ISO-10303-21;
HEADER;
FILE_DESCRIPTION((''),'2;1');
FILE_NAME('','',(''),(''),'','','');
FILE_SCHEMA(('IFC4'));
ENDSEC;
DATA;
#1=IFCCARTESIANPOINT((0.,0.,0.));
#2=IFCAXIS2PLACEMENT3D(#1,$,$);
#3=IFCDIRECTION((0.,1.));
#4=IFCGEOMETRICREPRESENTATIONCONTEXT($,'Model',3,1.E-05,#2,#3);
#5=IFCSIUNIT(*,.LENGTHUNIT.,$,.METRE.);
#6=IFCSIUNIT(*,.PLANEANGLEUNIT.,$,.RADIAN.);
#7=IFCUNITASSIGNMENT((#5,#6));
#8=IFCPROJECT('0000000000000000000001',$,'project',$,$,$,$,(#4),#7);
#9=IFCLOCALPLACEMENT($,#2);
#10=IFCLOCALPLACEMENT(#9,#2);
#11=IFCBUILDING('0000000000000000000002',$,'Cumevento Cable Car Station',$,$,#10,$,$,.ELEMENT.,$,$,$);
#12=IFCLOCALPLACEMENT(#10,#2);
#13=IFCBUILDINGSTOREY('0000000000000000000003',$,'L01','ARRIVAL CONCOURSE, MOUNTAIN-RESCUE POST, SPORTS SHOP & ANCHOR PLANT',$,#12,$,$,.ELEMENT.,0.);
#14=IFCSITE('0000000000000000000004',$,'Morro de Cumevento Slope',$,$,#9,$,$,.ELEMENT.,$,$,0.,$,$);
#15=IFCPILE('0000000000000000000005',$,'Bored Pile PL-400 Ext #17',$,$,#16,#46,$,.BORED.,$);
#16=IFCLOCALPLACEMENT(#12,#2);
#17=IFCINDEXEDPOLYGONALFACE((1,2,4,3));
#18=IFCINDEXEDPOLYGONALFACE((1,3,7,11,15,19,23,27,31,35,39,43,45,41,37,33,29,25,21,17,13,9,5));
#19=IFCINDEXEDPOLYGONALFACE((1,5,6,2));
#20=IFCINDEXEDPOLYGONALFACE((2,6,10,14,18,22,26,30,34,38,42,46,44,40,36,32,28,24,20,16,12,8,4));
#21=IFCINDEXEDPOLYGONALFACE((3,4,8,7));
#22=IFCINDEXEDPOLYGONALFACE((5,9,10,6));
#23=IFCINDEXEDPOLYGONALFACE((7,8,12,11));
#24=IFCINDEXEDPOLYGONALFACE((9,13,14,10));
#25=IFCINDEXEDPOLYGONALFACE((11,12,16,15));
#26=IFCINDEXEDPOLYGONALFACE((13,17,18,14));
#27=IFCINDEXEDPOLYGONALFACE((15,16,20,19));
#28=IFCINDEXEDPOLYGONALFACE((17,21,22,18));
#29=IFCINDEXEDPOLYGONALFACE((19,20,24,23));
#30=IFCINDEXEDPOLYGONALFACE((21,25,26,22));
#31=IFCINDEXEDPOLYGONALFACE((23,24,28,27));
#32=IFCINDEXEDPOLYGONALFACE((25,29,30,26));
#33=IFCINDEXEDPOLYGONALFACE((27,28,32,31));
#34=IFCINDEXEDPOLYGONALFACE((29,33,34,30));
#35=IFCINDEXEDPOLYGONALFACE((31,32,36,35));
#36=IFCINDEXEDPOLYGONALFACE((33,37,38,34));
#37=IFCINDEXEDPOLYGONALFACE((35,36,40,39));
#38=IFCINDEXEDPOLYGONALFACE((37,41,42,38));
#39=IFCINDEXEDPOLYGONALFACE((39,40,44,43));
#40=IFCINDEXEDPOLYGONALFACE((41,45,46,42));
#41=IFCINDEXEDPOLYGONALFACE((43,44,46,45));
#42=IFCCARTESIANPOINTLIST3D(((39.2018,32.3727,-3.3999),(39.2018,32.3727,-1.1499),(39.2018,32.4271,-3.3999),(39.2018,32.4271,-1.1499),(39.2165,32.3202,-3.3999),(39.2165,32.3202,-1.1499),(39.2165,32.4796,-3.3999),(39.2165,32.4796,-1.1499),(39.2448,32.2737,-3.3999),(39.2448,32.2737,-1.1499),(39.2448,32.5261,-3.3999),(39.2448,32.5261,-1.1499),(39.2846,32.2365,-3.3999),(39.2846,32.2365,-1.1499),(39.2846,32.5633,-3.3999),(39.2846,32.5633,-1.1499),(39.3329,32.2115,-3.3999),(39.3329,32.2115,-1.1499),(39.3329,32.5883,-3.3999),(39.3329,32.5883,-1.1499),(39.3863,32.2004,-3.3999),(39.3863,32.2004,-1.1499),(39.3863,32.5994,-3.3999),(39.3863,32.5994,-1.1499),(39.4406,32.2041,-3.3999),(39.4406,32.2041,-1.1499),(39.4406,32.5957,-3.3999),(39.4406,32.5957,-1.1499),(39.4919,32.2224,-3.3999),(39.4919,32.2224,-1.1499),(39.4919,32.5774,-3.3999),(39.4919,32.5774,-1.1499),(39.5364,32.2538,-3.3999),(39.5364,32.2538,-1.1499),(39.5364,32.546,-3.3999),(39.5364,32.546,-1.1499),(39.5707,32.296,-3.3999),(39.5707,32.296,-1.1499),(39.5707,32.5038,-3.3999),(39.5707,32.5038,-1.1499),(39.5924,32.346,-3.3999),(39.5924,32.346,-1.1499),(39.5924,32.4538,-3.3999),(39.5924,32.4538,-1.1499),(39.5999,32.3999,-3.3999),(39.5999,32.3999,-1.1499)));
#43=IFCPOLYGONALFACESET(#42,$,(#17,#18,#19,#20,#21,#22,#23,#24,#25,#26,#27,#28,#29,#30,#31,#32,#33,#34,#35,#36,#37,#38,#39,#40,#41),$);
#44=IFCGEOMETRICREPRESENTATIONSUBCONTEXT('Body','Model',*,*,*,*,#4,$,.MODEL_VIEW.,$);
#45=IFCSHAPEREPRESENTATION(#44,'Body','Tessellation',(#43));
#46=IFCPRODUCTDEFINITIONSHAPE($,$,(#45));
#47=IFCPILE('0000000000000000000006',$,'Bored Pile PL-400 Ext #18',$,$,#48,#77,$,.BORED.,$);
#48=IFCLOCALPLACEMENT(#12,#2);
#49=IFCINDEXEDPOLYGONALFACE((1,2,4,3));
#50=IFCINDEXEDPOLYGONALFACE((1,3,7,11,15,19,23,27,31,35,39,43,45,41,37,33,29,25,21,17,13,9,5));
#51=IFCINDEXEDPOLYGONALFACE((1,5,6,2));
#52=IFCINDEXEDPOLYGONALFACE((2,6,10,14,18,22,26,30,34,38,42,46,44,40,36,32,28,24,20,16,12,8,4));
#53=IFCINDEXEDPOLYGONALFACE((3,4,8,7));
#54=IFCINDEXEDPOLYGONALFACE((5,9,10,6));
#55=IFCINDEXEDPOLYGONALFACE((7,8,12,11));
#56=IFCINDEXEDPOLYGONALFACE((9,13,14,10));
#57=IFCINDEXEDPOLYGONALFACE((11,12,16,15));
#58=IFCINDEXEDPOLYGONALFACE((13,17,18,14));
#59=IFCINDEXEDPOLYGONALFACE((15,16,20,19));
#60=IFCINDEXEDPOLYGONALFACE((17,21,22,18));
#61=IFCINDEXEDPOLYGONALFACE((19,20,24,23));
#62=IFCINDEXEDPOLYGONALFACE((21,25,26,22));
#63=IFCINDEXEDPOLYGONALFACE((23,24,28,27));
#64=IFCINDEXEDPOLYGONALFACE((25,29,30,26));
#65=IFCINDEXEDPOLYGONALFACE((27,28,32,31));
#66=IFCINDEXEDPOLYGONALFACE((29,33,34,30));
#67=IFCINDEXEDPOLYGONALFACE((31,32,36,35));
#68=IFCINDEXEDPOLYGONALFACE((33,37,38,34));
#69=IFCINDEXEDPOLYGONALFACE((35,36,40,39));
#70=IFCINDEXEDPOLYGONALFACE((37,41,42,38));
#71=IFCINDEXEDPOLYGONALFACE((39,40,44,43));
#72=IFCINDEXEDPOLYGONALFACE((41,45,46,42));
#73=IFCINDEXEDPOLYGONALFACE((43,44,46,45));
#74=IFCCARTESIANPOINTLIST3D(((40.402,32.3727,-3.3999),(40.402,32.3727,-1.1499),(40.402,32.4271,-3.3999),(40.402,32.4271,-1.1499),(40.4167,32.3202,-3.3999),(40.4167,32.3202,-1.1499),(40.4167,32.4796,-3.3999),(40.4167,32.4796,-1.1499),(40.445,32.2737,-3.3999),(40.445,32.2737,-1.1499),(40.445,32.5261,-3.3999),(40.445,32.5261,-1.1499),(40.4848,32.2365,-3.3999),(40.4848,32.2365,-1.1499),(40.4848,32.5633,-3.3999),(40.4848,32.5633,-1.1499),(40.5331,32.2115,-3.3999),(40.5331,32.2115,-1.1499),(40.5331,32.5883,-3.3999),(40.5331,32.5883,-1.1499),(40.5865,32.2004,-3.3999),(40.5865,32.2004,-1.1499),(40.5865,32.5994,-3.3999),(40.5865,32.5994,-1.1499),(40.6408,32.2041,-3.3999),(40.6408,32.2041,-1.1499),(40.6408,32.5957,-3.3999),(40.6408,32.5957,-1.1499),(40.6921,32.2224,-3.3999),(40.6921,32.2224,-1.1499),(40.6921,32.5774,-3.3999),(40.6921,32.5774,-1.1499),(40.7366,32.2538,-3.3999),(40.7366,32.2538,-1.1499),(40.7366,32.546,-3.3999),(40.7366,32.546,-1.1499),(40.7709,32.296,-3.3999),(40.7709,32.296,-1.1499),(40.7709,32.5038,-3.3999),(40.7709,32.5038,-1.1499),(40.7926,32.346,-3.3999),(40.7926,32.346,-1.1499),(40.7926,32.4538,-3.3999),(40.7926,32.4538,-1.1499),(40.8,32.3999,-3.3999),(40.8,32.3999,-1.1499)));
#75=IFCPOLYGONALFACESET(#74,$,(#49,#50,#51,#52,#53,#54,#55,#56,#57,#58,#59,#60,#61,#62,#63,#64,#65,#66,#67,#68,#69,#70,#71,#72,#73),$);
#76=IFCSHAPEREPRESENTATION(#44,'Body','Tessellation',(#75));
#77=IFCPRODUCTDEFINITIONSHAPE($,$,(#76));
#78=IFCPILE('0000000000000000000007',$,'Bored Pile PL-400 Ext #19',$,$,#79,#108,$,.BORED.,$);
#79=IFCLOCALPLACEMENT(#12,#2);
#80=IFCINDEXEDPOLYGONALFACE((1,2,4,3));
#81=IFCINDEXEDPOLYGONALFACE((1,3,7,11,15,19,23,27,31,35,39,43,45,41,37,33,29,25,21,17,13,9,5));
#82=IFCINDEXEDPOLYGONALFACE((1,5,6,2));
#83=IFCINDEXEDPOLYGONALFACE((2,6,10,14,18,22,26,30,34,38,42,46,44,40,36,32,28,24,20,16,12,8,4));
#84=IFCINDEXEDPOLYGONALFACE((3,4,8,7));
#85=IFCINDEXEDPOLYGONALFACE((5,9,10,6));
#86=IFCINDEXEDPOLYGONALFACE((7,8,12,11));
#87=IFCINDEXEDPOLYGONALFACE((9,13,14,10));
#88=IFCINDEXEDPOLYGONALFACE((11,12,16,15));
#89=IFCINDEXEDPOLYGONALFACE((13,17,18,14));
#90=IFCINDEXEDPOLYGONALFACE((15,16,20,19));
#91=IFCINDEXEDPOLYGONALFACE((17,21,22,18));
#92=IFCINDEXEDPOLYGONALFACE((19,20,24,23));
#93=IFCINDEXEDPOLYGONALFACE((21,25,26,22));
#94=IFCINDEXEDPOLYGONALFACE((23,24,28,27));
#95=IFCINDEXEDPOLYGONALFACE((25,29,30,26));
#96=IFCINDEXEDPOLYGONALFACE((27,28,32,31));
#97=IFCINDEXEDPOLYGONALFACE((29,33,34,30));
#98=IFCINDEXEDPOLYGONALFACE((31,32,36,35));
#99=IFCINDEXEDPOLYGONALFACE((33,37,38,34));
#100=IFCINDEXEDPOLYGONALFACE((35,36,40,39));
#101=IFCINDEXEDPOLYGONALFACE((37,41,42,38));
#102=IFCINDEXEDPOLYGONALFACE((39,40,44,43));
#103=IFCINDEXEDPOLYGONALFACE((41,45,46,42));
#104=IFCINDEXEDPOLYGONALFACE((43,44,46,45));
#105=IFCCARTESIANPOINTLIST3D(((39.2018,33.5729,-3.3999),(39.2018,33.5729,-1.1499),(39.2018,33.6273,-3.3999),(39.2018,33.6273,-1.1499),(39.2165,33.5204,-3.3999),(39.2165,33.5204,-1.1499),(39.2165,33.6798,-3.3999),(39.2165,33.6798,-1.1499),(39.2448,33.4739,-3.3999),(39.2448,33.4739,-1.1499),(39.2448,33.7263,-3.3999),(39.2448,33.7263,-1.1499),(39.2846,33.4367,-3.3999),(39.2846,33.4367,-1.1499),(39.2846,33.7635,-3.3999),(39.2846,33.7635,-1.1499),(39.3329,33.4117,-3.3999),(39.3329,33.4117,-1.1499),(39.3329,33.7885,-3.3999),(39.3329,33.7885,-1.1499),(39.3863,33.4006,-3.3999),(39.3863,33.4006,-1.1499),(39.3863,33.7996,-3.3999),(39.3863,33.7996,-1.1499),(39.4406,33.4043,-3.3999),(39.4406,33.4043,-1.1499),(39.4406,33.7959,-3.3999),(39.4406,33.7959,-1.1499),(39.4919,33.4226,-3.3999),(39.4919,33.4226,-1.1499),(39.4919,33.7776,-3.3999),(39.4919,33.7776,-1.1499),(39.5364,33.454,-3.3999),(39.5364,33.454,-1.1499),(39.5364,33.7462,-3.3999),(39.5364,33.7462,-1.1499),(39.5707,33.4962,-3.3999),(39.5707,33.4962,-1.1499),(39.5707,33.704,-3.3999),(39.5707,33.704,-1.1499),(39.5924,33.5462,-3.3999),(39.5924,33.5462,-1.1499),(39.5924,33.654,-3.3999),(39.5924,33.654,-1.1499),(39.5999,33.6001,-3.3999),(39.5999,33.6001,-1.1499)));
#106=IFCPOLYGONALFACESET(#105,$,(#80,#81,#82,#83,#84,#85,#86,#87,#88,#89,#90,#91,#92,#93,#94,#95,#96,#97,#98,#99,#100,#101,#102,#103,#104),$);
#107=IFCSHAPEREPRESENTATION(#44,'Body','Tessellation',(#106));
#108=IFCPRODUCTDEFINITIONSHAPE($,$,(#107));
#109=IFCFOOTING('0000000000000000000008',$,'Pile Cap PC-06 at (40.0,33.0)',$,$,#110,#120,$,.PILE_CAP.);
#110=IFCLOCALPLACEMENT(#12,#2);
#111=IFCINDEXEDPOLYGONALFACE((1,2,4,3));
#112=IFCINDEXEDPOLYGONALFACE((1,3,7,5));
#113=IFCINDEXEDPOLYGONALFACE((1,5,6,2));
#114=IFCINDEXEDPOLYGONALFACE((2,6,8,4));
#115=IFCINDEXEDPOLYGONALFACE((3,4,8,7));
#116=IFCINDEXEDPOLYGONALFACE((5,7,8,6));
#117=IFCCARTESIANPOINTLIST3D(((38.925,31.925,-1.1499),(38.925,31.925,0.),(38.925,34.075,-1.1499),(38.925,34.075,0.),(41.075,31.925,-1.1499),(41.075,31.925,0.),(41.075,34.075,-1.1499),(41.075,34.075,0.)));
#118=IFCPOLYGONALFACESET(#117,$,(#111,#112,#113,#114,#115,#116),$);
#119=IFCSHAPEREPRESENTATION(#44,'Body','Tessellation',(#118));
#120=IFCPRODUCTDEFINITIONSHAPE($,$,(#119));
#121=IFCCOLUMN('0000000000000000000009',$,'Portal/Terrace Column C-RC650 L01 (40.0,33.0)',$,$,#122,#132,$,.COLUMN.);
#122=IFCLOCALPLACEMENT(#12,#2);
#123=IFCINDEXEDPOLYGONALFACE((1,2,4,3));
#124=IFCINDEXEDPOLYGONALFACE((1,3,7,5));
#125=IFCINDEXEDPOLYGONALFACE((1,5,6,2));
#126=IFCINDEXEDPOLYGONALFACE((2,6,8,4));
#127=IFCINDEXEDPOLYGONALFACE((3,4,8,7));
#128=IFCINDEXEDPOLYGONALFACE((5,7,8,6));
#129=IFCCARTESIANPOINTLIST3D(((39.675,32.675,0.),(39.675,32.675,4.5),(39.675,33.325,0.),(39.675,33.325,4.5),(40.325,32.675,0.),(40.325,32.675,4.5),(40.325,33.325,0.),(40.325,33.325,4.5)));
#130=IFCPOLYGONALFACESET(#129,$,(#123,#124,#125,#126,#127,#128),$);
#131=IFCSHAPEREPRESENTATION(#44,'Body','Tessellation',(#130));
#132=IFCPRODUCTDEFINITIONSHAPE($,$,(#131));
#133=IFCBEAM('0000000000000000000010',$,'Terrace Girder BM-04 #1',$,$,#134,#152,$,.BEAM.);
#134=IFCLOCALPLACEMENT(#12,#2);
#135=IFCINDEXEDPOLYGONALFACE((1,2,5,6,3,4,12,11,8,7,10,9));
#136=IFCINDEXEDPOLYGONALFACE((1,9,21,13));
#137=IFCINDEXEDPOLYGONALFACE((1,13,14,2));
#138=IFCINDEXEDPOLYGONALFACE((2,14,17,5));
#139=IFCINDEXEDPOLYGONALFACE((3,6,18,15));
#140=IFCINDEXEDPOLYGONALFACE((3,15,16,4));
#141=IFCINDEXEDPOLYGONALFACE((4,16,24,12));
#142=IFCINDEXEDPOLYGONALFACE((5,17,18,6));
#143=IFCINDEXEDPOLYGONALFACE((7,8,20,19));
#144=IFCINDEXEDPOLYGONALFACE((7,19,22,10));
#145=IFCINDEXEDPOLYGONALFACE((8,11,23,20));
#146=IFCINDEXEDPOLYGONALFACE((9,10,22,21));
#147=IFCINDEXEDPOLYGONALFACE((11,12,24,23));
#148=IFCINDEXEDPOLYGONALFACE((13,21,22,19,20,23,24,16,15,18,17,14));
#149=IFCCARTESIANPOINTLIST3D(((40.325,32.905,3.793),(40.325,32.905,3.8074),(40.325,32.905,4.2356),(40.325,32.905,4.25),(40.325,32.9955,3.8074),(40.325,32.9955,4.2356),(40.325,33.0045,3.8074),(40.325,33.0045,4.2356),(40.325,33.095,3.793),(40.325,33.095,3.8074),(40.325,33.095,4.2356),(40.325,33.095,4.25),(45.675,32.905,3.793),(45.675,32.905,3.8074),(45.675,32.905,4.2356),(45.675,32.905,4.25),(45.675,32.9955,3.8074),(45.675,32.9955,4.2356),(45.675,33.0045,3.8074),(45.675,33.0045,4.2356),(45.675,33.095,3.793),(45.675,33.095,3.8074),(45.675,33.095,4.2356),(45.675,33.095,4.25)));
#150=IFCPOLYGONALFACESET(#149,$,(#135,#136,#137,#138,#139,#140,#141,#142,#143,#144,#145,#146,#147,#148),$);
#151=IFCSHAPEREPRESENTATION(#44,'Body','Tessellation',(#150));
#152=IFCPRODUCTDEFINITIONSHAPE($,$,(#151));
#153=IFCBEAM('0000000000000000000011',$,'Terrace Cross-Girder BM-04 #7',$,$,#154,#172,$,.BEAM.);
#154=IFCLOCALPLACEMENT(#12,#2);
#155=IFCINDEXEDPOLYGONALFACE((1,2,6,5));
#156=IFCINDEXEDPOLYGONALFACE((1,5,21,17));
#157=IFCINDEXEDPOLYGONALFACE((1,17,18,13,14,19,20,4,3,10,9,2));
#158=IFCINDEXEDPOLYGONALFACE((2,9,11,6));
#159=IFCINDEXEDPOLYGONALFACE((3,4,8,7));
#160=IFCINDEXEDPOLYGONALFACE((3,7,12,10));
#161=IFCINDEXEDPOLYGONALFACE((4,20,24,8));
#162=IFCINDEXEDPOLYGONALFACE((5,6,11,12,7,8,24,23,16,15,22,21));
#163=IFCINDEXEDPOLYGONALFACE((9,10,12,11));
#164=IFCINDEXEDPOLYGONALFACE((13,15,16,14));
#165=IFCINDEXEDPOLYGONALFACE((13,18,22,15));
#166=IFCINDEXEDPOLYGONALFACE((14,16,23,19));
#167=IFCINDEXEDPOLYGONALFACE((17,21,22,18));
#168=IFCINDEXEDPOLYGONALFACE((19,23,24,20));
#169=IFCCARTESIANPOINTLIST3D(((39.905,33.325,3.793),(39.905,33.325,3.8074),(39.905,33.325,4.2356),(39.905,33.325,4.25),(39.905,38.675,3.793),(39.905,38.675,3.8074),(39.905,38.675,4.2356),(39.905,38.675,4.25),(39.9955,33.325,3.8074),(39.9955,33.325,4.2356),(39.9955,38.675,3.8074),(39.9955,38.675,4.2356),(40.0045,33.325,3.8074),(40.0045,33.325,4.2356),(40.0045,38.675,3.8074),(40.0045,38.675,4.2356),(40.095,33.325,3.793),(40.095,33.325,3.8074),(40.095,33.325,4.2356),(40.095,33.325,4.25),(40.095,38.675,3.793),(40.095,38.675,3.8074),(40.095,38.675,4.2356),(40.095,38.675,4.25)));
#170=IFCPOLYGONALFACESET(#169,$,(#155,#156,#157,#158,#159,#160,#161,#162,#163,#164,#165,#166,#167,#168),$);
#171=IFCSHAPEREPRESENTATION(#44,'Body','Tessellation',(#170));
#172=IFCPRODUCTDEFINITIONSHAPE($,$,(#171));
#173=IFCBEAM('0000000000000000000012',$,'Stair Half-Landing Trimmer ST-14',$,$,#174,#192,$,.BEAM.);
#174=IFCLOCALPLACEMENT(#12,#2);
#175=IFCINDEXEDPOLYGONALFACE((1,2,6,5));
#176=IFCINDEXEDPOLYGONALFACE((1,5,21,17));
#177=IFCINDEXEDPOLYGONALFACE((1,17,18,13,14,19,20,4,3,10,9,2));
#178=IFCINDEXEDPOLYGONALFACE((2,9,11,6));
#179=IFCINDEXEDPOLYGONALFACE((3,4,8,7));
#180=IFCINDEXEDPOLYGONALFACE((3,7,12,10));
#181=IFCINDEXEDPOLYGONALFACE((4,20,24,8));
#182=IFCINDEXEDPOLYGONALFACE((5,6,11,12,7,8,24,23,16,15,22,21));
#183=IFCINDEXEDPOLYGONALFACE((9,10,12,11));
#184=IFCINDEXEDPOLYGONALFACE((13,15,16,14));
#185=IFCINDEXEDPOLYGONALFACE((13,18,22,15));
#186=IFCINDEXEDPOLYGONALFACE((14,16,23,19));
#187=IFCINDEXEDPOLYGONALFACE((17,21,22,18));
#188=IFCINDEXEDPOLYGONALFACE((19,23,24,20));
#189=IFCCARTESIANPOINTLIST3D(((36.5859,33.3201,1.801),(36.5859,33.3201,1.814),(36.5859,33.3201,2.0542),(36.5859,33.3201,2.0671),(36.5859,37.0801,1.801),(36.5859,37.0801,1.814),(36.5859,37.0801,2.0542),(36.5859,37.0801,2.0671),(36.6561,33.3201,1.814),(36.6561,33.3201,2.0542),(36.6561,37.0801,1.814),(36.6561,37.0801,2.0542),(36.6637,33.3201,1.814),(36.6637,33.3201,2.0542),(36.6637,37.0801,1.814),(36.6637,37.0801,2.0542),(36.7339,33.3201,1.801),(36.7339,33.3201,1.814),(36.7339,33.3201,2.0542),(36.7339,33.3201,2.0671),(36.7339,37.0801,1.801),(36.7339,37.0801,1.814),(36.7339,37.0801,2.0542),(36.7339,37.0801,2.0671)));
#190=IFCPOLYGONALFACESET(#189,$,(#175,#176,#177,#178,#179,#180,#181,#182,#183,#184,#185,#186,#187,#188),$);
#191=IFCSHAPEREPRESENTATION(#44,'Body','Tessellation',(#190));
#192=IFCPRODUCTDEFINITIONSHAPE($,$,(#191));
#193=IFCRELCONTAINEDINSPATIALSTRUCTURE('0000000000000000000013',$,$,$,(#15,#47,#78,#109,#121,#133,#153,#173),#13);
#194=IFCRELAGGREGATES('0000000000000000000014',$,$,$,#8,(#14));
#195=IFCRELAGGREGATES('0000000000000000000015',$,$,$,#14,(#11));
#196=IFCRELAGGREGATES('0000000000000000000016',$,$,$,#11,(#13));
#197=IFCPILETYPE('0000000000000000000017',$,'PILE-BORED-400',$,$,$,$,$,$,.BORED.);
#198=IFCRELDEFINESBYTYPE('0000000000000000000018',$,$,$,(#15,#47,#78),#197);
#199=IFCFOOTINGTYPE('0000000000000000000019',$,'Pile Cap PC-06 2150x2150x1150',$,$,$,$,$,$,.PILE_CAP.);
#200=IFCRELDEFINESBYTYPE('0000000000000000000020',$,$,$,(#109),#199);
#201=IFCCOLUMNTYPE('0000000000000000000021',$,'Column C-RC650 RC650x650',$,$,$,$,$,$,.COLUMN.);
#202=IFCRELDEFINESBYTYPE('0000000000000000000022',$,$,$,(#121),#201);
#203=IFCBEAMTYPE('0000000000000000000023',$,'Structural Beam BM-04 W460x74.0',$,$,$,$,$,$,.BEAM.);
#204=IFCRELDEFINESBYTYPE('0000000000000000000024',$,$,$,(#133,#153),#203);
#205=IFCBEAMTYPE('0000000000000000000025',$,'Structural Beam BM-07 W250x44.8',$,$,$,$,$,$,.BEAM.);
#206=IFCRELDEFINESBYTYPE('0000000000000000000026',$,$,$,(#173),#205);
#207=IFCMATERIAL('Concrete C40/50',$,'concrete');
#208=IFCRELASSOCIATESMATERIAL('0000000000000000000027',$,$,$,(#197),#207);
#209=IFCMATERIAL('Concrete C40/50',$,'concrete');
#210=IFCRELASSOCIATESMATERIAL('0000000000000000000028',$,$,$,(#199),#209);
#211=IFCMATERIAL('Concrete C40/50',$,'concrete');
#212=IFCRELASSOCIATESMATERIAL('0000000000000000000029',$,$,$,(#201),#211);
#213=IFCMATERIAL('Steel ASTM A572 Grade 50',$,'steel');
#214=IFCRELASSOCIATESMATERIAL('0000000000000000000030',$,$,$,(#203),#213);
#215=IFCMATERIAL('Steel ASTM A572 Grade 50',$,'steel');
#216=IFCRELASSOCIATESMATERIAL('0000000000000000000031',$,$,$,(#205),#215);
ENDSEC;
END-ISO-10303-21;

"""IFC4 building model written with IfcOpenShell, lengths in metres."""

from ifc_helpers import new_model, si_unit, direction, frame, origin, origin_2d, place, context, subcontext, project, spatial, rectangle, circle, i_section, extrude, material, material_profile, profile_set, type_object, element, save


model = new_model("IFC4")

# Units and contexts
model_context = context("Model", 3, precision=1e-05, world=origin(), true_north=direction((0.0, 1.0)))
body_context = subcontext(model_context, "Body", "Model", "MODEL_VIEW")
ifc_project = project(units=[si_unit("LENGTHUNIT", "METRE"), si_unit("PLANEANGLEUNIT", "RADIAN")], contexts=[model_context])

# Site, building, storey
site_placement = place(None, origin())
site = spatial("IfcSite", under=ifc_project, at=site_placement, Name="Morro de Cumevento Slope", CompositionType="ELEMENT", RefElevation=0.0)
building_placement = place(site_placement, origin())
building = spatial("IfcBuilding", under=site, at=building_placement, Name="Cumevento Cable Car Station", CompositionType="ELEMENT")
storey_placement = place(building_placement, origin())
storey = spatial("IfcBuildingStorey", under=building, at=storey_placement, Name="L01", Description="ARRIVAL CONCOURSE, MOUNTAIN-RESCUE POST, SPORTS SHOP & ANCHOR PLANT", CompositionType="ELEMENT", Elevation=0.0)

# Piles
ifc_material_1 = material(Name="Concrete C40/50", Category="concrete")
ifc_material_profile_1 = material_profile(ifc_material_1, circle(Radius=0.2, at=origin_2d()), Name="PILE-D400")
ifc_profile_set_1 = profile_set([ifc_material_profile_1], Name="Concrete C40/50")
pile_type = type_object("IfcPileType", Name="PILE-BORED-400", PredefinedType="BORED", material=ifc_profile_set_1)
for number, where, z_axis, x_axis, name in (
    (1, (39.3999, 32.3999, -1.1499), (0.0, 0.0, -1.0), (1.0, 0.0, 0.0), "Bored Pile PL-400 Ext #17"),
    (2, (40.6001, 32.3999, -1.1499), (0.0, 0.0, -1.0), (1.0, 0.0, 0.0), "Bored Pile PL-400 Ext #18"),
    (3, (39.3999, 33.6001, -1.1499), (0.0, 0.0, -1.0), (1.0, 0.0, 0.0), "Bored Pile PL-400 Ext #19"),
):
    element("IfcPile", number, at=place(storey_placement, frame(where, z_axis=z_axis, x_axis=x_axis)), inside=storey, type_object=pile_type, Name=name, PredefinedType="BORED", context=body_context, shape_type="SweptSolid", body=[
        extrude(circle(Radius=0.2, at=origin_2d()), origin(), (0.0, 0.0, 1.0), 2.25),
    ])

# Footing
ifc_material_2 = material(Name="Concrete C40/50", Category="concrete")
footing_type = type_object("IfcFootingType", Name="Pile Cap PC-06 2150x2150x1150", PredefinedType="PILE_CAP", material=ifc_material_2)
footing_placement = place(storey_placement, frame((40.0, 33.0, -1.1499), z_axis=(0.0, 0.0, 1.0), x_axis=(1.0, 0.0, 0.0)))
element("IfcFooting", 4, at=footing_placement, inside=storey, type_object=footing_type, Name="Pile Cap PC-06 at (40.0,33.0)", PredefinedType="PILE_CAP", context=body_context, shape_type="SweptSolid", body=[
    extrude(rectangle(XDim=2.1499, YDim=2.1499, at=origin_2d()), origin(), (0.0, 0.0, 1.0), 1.1499),
])

# Column
ifc_material_3 = material(Name="Concrete C40/50", Category="concrete")
ifc_material_profile_2 = material_profile(ifc_material_3, rectangle(XDim=0.6499, YDim=0.6499, at=origin_2d()), Name="RC650x650")
ifc_profile_set_2 = profile_set([ifc_material_profile_2], Name="Concrete C40/50")
column_type = type_object("IfcColumnType", Name="Column C-RC650 RC650x650", PredefinedType="COLUMN", material=ifc_profile_set_2)
column_placement = place(storey_placement, frame((40.0, 33.0, 0.0), z_axis=(0.0, 0.0, 1.0), x_axis=(1.0, 0.0, 0.0)))
element("IfcColumn", 5, at=column_placement, inside=storey, type_object=column_type, Name="Portal/Terrace Column C-RC650 L01 (40.0,33.0)", PredefinedType="COLUMN", context=body_context, shape_type="SweptSolid", body=[
    extrude(rectangle(XDim=0.6499, YDim=0.6499, at=origin_2d()), origin(), (0.0, 0.0, 1.0), 4.5),
])

# Beams
ifc_material_4 = material(Name="Steel ASTM A572 Grade 50", Category="steel")
ifc_material_profile_3 = material_profile(ifc_material_4, i_section(OverallWidth=0.1899, OverallDepth=0.457, WebThickness=0.009, FlangeThickness=0.0144, at=origin_2d()), Name="W460x74.0")
ifc_profile_set_3 = profile_set([ifc_material_profile_3], Name="Steel ASTM A572 Grade 50")
beam_type_1 = type_object("IfcBeamType", Name="Structural Beam BM-04 W460x74.0", PredefinedType="BEAM", material=ifc_profile_set_3)
for number, where, z_axis, x_axis, name in (
    (6, (40.325, 33.0, 4.0215), (1.0, 0.0, 0.0), (0.0, 1.0, 0.0), "Terrace Girder BM-04 #1"),
    (7, (40.0, 33.325, 4.0215), (0.0, 1.0, 0.0), (-1.0, 0.0, 0.0), "Terrace Cross-Girder BM-04 #7"),
):
    element("IfcBeam", number, at=place(storey_placement, frame(where, z_axis=z_axis, x_axis=x_axis)), inside=storey, type_object=beam_type_1, Name=name, PredefinedType="BEAM", context=body_context, shape_type="SweptSolid", body=[
        extrude(i_section(OverallWidth=0.1899, OverallDepth=0.457, WebThickness=0.009, FlangeThickness=0.0144, at=origin_2d()), origin(), (0.0, 0.0, 1.0), 5.3501),
    ])
ifc_material_5 = material(Name="Steel ASTM A572 Grade 50", Category="steel")
ifc_material_profile_4 = material_profile(ifc_material_5, i_section(OverallWidth=0.1479, OverallDepth=0.2661, WebThickness=0.0076, FlangeThickness=0.0129, at=origin_2d()), Name="W250x44.8")
ifc_profile_set_4 = profile_set([ifc_material_profile_4], Name="Steel ASTM A572 Grade 50")
beam_type_2 = type_object("IfcBeamType", Name="Structural Beam BM-07 W250x44.8", PredefinedType="BEAM", material=ifc_profile_set_4)
beam_placement = place(storey_placement, frame((36.6599, 33.3201, 1.9341), z_axis=(0.0, 1.0, 0.0), x_axis=(-1.0, 0.0, 0.0)))
element("IfcBeam", 8, at=beam_placement, inside=storey, type_object=beam_type_2, Name="Stair Half-Landing Trimmer ST-14", PredefinedType="BEAM", context=body_context, shape_type="SweptSolid", body=[
    extrude(i_section(OverallWidth=0.1479, OverallDepth=0.2661, WebThickness=0.0076, FlangeThickness=0.0129, at=origin_2d()), origin(), (0.0, 0.0, 1.0), 3.76),
])

save(model, "model.ifc")
